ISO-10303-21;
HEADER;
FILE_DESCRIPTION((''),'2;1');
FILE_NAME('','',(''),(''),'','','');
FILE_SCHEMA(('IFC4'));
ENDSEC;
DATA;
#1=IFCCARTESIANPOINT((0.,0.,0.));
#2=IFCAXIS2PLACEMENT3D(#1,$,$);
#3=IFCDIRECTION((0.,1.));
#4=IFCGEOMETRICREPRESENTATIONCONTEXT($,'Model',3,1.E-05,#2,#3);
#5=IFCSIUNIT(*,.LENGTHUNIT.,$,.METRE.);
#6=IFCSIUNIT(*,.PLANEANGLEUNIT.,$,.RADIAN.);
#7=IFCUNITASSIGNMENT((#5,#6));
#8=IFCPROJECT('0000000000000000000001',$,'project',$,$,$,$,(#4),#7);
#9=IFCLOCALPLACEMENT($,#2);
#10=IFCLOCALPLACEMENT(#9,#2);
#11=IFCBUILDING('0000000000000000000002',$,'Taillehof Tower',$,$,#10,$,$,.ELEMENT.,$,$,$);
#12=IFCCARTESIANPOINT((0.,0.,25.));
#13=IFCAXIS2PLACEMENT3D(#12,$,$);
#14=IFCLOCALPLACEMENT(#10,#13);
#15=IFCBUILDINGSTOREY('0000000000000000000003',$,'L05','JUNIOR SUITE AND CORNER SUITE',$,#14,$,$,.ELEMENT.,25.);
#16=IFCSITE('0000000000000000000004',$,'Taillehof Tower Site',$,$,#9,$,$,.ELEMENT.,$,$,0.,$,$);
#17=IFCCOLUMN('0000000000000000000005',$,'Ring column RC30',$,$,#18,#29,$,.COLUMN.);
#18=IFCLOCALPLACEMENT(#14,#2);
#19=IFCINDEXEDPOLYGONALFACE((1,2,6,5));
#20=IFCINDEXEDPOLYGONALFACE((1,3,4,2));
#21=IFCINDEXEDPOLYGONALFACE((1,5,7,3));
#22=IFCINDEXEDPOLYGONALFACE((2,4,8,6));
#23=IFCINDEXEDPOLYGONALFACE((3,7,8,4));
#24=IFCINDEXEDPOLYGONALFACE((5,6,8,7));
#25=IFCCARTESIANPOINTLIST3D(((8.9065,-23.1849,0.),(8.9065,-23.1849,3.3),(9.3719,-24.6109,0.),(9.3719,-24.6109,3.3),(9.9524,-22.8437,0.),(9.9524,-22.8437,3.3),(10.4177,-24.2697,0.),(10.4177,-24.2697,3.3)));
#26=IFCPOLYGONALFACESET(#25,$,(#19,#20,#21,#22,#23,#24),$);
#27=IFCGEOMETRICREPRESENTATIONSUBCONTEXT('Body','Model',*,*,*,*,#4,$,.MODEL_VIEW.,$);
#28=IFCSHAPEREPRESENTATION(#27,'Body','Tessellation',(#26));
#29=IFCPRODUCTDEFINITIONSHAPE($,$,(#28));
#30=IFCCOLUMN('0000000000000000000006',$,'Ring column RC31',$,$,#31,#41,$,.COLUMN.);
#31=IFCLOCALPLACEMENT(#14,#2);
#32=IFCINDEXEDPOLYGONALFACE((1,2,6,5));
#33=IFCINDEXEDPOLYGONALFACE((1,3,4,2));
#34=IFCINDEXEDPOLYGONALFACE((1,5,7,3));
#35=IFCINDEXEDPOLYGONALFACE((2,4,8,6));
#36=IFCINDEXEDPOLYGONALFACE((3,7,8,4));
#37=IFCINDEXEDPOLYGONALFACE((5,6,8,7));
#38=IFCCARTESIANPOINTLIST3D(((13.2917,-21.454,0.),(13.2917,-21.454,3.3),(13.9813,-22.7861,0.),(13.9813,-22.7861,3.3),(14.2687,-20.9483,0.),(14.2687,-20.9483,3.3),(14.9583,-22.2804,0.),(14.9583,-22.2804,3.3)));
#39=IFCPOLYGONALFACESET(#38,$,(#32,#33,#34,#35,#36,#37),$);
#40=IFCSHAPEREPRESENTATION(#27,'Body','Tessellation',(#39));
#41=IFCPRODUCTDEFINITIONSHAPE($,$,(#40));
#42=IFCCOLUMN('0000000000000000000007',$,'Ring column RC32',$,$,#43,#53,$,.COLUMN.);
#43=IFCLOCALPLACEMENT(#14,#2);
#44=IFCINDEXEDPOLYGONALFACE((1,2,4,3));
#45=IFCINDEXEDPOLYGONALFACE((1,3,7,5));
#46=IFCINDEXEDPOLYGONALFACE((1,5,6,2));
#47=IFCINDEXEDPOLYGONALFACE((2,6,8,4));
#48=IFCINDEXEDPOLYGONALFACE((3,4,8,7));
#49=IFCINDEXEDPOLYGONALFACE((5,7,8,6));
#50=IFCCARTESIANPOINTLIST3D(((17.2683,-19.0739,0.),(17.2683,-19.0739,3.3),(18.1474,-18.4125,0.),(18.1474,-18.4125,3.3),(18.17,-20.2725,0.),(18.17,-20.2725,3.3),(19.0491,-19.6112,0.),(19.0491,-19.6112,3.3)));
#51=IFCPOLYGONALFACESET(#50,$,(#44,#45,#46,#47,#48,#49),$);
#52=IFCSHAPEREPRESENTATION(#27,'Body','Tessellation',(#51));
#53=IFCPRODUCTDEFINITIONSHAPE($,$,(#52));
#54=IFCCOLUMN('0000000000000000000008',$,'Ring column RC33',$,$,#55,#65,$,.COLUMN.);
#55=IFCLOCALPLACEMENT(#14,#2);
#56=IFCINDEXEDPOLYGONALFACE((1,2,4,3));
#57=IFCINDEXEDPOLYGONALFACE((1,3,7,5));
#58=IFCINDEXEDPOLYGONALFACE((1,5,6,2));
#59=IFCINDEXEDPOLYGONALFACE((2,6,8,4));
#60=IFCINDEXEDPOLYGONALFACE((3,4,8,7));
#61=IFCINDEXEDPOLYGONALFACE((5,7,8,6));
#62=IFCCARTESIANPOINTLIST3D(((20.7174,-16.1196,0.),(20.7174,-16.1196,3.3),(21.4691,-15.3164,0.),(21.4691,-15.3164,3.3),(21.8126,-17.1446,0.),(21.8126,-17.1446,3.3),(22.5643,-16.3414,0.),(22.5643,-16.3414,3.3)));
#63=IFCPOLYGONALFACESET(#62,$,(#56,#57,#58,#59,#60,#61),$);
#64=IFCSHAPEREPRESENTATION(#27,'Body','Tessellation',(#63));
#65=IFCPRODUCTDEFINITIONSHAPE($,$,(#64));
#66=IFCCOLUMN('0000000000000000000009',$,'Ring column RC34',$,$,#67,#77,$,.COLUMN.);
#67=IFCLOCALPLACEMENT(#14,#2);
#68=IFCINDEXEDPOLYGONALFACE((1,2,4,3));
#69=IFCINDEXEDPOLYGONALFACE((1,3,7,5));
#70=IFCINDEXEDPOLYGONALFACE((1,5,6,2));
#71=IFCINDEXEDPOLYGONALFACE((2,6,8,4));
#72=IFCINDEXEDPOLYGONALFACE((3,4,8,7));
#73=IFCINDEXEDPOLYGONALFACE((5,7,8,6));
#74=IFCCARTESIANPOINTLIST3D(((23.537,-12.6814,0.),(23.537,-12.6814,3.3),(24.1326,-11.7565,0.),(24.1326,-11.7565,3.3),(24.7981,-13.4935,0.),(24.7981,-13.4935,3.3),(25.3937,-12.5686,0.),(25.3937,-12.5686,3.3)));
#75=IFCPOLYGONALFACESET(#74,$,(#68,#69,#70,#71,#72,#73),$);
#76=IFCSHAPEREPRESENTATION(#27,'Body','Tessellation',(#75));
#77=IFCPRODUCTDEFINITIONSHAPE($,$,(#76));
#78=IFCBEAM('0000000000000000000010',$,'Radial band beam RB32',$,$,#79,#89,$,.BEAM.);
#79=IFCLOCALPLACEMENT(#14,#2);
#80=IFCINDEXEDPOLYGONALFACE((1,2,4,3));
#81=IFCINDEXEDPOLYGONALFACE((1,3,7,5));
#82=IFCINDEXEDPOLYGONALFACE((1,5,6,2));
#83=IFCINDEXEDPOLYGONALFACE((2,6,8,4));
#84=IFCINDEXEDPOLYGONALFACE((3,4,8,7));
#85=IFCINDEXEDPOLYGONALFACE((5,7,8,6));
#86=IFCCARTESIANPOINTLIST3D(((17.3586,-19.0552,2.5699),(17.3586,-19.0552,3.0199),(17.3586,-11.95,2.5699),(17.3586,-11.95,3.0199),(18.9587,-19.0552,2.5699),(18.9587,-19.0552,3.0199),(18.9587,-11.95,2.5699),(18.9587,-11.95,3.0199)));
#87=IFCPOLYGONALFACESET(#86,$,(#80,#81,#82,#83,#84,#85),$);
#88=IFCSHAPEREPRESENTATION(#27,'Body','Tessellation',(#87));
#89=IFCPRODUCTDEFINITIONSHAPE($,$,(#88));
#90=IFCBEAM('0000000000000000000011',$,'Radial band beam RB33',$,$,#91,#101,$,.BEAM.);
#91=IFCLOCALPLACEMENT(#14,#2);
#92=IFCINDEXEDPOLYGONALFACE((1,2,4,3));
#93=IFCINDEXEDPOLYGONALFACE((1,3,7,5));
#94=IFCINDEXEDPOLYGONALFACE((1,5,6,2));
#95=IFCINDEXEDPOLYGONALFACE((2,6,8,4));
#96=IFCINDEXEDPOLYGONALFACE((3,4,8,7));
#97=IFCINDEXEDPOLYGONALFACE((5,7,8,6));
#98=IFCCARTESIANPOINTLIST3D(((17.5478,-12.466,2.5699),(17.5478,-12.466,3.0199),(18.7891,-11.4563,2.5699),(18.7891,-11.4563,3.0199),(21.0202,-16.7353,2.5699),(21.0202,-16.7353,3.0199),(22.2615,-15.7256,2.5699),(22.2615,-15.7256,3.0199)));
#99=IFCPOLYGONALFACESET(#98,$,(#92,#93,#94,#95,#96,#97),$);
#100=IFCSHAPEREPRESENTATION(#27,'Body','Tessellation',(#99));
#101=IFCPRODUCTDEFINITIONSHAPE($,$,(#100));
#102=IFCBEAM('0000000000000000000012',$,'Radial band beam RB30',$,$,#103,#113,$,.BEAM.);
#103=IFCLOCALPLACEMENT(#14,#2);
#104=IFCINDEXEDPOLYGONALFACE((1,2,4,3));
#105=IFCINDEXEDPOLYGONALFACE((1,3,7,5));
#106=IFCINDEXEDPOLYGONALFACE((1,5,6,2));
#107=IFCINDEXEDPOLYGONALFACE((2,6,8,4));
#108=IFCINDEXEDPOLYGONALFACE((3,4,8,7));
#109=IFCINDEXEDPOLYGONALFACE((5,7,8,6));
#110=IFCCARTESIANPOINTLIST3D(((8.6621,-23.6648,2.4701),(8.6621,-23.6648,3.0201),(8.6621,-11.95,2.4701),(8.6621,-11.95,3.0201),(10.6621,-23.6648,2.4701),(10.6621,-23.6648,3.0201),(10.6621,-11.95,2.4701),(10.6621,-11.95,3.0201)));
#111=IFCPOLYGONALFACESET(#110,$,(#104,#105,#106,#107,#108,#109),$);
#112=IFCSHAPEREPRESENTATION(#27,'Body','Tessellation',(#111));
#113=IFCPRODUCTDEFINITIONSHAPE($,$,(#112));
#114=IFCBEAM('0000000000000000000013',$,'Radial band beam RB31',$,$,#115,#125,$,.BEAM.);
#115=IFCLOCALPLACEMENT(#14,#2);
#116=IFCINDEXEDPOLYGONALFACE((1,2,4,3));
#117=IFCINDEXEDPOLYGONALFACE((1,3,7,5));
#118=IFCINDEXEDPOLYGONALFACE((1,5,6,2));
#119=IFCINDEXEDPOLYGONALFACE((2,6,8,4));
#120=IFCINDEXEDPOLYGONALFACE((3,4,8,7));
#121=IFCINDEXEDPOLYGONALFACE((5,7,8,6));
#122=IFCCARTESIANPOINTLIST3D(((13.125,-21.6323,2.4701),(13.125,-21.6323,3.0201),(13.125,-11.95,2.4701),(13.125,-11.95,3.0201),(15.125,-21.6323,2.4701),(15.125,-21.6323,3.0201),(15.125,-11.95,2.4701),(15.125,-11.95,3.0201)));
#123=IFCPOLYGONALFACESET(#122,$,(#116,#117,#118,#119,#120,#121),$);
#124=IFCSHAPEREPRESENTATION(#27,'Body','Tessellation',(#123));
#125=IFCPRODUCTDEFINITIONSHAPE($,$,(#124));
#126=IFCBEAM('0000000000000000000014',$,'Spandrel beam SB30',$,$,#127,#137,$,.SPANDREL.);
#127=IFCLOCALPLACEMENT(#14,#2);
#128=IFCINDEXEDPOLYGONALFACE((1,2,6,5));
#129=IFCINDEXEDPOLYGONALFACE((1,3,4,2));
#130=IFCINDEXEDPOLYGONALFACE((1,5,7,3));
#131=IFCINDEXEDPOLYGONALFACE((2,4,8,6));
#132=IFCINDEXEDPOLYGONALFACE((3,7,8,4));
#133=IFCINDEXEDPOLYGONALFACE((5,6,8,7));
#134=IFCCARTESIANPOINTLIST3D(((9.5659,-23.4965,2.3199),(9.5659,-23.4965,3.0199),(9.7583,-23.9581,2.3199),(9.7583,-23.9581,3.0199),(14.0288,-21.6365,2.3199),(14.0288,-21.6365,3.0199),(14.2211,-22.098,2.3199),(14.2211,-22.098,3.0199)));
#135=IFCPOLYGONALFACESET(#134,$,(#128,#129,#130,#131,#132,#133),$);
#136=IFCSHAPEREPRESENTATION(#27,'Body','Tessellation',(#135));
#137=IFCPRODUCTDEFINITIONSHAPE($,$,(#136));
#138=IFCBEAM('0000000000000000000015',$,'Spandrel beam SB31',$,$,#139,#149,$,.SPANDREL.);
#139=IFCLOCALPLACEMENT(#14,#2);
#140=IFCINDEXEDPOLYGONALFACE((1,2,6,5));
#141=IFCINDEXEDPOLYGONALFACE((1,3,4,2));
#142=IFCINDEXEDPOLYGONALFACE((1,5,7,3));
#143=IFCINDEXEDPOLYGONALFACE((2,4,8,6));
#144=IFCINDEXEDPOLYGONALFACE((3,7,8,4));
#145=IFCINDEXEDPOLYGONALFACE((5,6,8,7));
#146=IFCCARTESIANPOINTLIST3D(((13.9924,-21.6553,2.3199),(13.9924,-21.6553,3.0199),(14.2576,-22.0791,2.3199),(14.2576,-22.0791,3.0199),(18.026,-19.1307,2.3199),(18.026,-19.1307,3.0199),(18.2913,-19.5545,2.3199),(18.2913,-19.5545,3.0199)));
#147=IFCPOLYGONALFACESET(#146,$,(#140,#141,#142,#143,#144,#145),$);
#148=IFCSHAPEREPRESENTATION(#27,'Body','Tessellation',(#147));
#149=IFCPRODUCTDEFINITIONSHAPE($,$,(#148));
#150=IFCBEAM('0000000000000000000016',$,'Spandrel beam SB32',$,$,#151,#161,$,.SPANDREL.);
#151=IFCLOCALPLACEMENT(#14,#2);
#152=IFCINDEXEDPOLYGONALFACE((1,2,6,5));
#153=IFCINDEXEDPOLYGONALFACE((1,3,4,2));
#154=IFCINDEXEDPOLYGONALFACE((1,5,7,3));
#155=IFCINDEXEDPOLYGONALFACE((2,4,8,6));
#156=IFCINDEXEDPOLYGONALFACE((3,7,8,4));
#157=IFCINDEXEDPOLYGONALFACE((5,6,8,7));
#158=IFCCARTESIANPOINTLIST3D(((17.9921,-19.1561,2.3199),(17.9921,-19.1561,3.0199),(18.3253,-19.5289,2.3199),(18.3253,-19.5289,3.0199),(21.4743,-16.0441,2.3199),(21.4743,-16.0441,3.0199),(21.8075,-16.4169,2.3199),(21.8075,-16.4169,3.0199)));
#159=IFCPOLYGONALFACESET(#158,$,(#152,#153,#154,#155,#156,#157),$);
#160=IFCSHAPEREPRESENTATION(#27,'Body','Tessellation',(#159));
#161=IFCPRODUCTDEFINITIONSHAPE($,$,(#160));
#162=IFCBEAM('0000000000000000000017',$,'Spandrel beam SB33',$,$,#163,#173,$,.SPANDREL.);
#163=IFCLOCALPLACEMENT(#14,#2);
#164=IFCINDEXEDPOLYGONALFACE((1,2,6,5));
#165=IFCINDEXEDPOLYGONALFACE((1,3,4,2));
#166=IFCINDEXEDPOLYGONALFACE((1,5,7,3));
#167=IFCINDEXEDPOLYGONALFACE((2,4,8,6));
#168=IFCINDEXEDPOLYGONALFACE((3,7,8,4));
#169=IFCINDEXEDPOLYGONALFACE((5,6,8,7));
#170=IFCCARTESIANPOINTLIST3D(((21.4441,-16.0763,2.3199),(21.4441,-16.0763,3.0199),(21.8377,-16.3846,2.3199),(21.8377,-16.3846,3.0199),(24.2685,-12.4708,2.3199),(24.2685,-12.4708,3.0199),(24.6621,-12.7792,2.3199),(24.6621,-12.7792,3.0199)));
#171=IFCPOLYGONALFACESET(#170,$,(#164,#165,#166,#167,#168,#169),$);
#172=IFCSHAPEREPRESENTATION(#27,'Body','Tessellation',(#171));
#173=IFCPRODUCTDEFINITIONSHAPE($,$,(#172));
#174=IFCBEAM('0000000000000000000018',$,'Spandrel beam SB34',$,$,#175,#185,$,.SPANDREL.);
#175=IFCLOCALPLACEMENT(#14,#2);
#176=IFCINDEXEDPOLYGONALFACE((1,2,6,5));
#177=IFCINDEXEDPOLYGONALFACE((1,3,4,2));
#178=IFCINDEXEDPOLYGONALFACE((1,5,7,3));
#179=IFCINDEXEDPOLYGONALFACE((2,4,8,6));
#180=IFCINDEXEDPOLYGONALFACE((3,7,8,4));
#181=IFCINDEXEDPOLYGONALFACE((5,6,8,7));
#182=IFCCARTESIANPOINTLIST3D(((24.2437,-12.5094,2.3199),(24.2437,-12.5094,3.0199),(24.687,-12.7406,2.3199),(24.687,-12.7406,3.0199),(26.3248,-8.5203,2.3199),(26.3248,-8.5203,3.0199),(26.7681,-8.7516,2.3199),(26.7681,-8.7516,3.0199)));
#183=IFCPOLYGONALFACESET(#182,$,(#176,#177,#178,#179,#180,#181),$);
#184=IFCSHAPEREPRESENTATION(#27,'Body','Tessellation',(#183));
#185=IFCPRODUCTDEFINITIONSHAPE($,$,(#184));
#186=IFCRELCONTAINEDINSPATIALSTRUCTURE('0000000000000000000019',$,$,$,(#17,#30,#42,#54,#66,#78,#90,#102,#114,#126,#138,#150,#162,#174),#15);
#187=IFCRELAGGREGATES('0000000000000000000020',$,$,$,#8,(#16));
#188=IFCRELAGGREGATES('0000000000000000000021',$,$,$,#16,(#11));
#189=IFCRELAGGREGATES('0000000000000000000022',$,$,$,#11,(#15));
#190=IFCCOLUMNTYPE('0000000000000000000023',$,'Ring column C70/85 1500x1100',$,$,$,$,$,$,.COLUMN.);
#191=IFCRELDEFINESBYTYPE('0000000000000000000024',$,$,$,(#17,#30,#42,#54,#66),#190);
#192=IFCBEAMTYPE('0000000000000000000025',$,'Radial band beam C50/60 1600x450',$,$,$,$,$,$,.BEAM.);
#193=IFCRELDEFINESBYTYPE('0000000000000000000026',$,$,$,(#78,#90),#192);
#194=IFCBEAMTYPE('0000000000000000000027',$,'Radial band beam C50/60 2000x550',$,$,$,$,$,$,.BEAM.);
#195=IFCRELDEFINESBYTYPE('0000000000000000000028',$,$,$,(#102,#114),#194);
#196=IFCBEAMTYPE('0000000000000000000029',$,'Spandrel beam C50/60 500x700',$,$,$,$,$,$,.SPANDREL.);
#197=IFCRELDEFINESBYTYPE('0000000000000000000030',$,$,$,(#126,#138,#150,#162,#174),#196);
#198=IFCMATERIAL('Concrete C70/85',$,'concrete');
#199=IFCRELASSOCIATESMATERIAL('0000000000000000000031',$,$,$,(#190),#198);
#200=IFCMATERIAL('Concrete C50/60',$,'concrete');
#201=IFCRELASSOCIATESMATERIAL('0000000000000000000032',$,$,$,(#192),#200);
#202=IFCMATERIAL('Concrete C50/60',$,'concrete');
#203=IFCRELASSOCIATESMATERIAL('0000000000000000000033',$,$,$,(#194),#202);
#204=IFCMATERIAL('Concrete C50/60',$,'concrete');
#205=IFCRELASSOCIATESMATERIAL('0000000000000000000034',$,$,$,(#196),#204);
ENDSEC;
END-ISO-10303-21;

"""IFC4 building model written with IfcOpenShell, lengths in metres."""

from ifc_helpers import new_model, si_unit, direction, frame, origin, origin_2d, place, context, subcontext, project, spatial, rectangle, extrude, material, material_profile, profile_set, type_object, element, save


model = new_model("IFC4")

# Units and contexts
model_context = context("Model", 3, precision=1e-05, world=origin(), true_north=direction((0.0, 1.0)))
body_context = subcontext(model_context, "Body", "Model", "MODEL_VIEW")
ifc_project = project(units=[si_unit("LENGTHUNIT", "METRE"), si_unit("PLANEANGLEUNIT", "RADIAN")], contexts=[model_context])

# Site, building, storey
site_placement = place(None, origin())
site = spatial("IfcSite", under=ifc_project, at=site_placement, Name="Taillehof Tower Site", CompositionType="ELEMENT", RefElevation=0.0)
building_placement = place(site_placement, origin())
building = spatial("IfcBuilding", under=site, at=building_placement, Name="Taillehof Tower", CompositionType="ELEMENT")
storey_placement = place(building_placement, frame((0.0, 0.0, 25.0)))
storey = spatial("IfcBuildingStorey", under=building, at=storey_placement, Name="L05", Description="JUNIOR SUITE AND CORNER SUITE", CompositionType="ELEMENT", Elevation=25.0)

# Columns
ifc_material_1 = material(Name="Concrete C70/85", Category="concrete")
ifc_material_profile_1 = material_profile(ifc_material_1, rectangle(XDim=1.5, YDim=1.1001, at=origin_2d()), Name="RC 1500x1100")
ifc_profile_set_1 = profile_set([ifc_material_profile_1], Name="Concrete C70/85")
column_type = type_object("IfcColumnType", Name="Ring column C70/85 1500x1100", PredefinedType="COLUMN", material=ifc_profile_set_1)
for number, where, z_axis, x_axis, name in (
    (1, (9.6621, -23.7273, 0.0), (0.0, 0.0, 1.0), (0.310219, -0.950665, 0.0), "Ring column RC30"),
    (2, (14.125, -21.8672, 0.0), (0.0, 0.0, 1.0), (0.459691, -0.888079, 0.0), "Ring column RC31"),
    (3, (18.1587, -19.3425, 0.0), (0.0, 0.0, 1.0), (0.601174, -0.799118, 0.0), "Ring column RC32"),
    (4, (21.6409, -16.2305, 0.0), (0.0, 0.0, 1.0), (0.730113, -0.683326, 0.0), "Ring column RC33"),
    (5, (24.4653, -12.625, 0.0), (0.0, 0.0, 1.0), (0.840754, -0.541418, 0.0), "Ring column RC34"),
):
    element("IfcColumn", number, at=place(storey_placement, frame(where, z_axis=z_axis, x_axis=x_axis)), inside=storey, type_object=column_type, Name=name, PredefinedType="COLUMN", context=body_context, shape_type="SweptSolid", body=[
        extrude(rectangle(XDim=1.5, YDim=1.1001, at=origin_2d()), origin(), (0.0, 0.0, 1.0), 3.3),
    ])

# Beams
ifc_material_2 = material(Name="Concrete C50/60", Category="concrete")
ifc_material_profile_2 = material_profile(ifc_material_2, rectangle(XDim=1.6001, YDim=0.45, at=origin_2d()), Name="RC 1600x450")
ifc_profile_set_2 = profile_set([ifc_material_profile_2], Name="Concrete C50/60")
beam_type_1 = type_object("IfcBeamType", Name="Radial band beam C50/60 1600x450", PredefinedType="BEAM", material=ifc_profile_set_2)
beam_1_placement = place(storey_placement, frame((18.1587, -19.0552, 2.7949), z_axis=(0.0, 1.0, 0.0), x_axis=(-1.0, 0.0, 0.0)))
element("IfcBeam", 6, at=beam_1_placement, inside=storey, type_object=beam_type_1, Name="Radial band beam RB32", PredefinedType="BEAM", context=body_context, shape_type="SweptSolid", body=[
    extrude(rectangle(XDim=1.6001, YDim=0.45, at=origin_2d()), origin(), (0.0, 0.0, 1.0), 7.1052),
])
beam_2_placement = place(storey_placement, frame((21.6409, -16.2305, 2.7949), z_axis=(-0.630988, 0.775792, 0.0), x_axis=(-0.775792, -0.630988, 0.0)))
element("IfcBeam", 7, at=beam_2_placement, inside=storey, type_object=beam_type_1, Name="Radial band beam RB33", PredefinedType="BEAM", context=body_context, shape_type="SweptSolid", body=[
    extrude(rectangle(XDim=1.6001, YDim=0.45, at=origin_2d()), origin(), (0.0, 0.0, 1.0), 5.5032),
])
ifc_material_3 = material(Name="Concrete C50/60", Category="concrete")
ifc_material_profile_3 = material_profile(ifc_material_3, rectangle(XDim=2.0, YDim=0.55, at=origin_2d()), Name="RC 2000x550")
ifc_profile_set_3 = profile_set([ifc_material_profile_3], Name="Concrete C50/60")
beam_type_2 = type_object("IfcBeamType", Name="Radial band beam C50/60 2000x550", PredefinedType="BEAM", material=ifc_profile_set_3)
beam_3_placement = place(storey_placement, frame((9.6621, -23.6648, 2.7451), z_axis=(0.0, 1.0, 0.0), x_axis=(-1.0, 0.0, 0.0)))
element("IfcBeam", 8, at=beam_3_placement, inside=storey, type_object=beam_type_2, Name="Radial band beam RB30", PredefinedType="BEAM", context=body_context, shape_type="SweptSolid", body=[
    extrude(rectangle(XDim=2.0, YDim=0.55, at=origin_2d()), origin(), (0.0, 0.0, 1.0), 11.7148),
])
beam_4_placement = place(storey_placement, frame((14.125, -21.6323, 2.7451), z_axis=(0.0, 1.0, 0.0), x_axis=(-1.0, 0.0, 0.0)))
element("IfcBeam", 9, at=beam_4_placement, inside=storey, type_object=beam_type_2, Name="Radial band beam RB31", PredefinedType="BEAM", context=body_context, shape_type="SweptSolid", body=[
    extrude(rectangle(XDim=2.0, YDim=0.55, at=origin_2d()), origin(), (0.0, 0.0, 1.0), 9.6824),
])
ifc_material_4 = material(Name="Concrete C50/60", Category="concrete")
ifc_material_profile_4 = material_profile(ifc_material_4, rectangle(XDim=0.5, YDim=0.7, at=origin_2d()), Name="RC 500x700")
ifc_profile_set_4 = profile_set([ifc_material_profile_4], Name="Concrete C50/60")
beam_type_3 = type_object("IfcBeamType", Name="Spandrel beam C50/60 500x700", PredefinedType="SPANDREL", material=ifc_profile_set_4)
beam_5_placement = place(storey_placement, frame((9.6621, -23.7273, 2.6699), z_axis=(0.923035, 0.384716, 0.0), x_axis=(-0.384716, 0.923035, 0.0)))
element("IfcBeam", 10, at=beam_5_placement, inside=storey, type_object=beam_type_3, Name="Spandrel beam SB30", PredefinedType="SPANDREL", context=body_context, shape_type="SweptSolid", body=[
    extrude(rectangle(XDim=0.5, YDim=0.7, at=origin_2d()), origin(), (0.0, 0.0, 1.0), 4.835),
])
beam_6_placement = place(storey_placement, frame((14.125, -21.8672, 2.6699), z_axis=(0.847658, 0.530543, 0.0), x_axis=(-0.530543, 0.847658, 0.0)))
element("IfcBeam", 11, at=beam_6_placement, inside=storey, type_object=beam_type_3, Name="Spandrel beam SB31", PredefinedType="SPANDREL", context=body_context, shape_type="SweptSolid", body=[
    extrude(rectangle(XDim=0.5, YDim=0.7, at=origin_2d()), origin(), (0.0, 0.0, 1.0), 4.7585),
])
beam_7_placement = place(storey_placement, frame((18.1587, -19.3425, 2.6699), z_axis=(0.745621, 0.66637, 0.0), x_axis=(-0.66637, 0.745621, 0.0)))
element("IfcBeam", 12, at=beam_7_placement, inside=storey, type_object=beam_type_3, Name="Spandrel beam SB32", PredefinedType="SPANDREL", context=body_context, shape_type="SweptSolid", body=[
    extrude(rectangle(XDim=0.5, YDim=0.7, at=origin_2d()), origin(), (0.0, 0.0, 1.0), 4.6702),
])
beam_8_placement = place(storey_placement, frame((21.6409, -16.2305, 2.6699), z_axis=(0.616686, 0.787209, 0.0), x_axis=(-0.787209, 0.616686, 0.0)))
element("IfcBeam", 13, at=beam_8_placement, inside=storey, type_object=beam_type_3, Name="Spandrel beam SB33", PredefinedType="SPANDREL", context=body_context, shape_type="SweptSolid", body=[
    extrude(rectangle(XDim=0.5, YDim=0.7, at=origin_2d()), origin(), (0.0, 0.0, 1.0), 4.5801),
])
beam_9_placement = place(storey_placement, frame((24.4653, -12.625, 2.6699), z_axis=(0.462536, 0.8866, 0.0), x_axis=(-0.8866, 0.462536, 0.0)))
element("IfcBeam", 14, at=beam_9_placement, inside=storey, type_object=beam_type_3, Name="Spandrel beam SB34", PredefinedType="SPANDREL", context=body_context, shape_type="SweptSolid", body=[
    extrude(rectangle(XDim=0.5, YDim=0.7, at=origin_2d()), origin(), (0.0, 0.0, 1.0), 4.4993),
])

save(model, "model.ifc")
